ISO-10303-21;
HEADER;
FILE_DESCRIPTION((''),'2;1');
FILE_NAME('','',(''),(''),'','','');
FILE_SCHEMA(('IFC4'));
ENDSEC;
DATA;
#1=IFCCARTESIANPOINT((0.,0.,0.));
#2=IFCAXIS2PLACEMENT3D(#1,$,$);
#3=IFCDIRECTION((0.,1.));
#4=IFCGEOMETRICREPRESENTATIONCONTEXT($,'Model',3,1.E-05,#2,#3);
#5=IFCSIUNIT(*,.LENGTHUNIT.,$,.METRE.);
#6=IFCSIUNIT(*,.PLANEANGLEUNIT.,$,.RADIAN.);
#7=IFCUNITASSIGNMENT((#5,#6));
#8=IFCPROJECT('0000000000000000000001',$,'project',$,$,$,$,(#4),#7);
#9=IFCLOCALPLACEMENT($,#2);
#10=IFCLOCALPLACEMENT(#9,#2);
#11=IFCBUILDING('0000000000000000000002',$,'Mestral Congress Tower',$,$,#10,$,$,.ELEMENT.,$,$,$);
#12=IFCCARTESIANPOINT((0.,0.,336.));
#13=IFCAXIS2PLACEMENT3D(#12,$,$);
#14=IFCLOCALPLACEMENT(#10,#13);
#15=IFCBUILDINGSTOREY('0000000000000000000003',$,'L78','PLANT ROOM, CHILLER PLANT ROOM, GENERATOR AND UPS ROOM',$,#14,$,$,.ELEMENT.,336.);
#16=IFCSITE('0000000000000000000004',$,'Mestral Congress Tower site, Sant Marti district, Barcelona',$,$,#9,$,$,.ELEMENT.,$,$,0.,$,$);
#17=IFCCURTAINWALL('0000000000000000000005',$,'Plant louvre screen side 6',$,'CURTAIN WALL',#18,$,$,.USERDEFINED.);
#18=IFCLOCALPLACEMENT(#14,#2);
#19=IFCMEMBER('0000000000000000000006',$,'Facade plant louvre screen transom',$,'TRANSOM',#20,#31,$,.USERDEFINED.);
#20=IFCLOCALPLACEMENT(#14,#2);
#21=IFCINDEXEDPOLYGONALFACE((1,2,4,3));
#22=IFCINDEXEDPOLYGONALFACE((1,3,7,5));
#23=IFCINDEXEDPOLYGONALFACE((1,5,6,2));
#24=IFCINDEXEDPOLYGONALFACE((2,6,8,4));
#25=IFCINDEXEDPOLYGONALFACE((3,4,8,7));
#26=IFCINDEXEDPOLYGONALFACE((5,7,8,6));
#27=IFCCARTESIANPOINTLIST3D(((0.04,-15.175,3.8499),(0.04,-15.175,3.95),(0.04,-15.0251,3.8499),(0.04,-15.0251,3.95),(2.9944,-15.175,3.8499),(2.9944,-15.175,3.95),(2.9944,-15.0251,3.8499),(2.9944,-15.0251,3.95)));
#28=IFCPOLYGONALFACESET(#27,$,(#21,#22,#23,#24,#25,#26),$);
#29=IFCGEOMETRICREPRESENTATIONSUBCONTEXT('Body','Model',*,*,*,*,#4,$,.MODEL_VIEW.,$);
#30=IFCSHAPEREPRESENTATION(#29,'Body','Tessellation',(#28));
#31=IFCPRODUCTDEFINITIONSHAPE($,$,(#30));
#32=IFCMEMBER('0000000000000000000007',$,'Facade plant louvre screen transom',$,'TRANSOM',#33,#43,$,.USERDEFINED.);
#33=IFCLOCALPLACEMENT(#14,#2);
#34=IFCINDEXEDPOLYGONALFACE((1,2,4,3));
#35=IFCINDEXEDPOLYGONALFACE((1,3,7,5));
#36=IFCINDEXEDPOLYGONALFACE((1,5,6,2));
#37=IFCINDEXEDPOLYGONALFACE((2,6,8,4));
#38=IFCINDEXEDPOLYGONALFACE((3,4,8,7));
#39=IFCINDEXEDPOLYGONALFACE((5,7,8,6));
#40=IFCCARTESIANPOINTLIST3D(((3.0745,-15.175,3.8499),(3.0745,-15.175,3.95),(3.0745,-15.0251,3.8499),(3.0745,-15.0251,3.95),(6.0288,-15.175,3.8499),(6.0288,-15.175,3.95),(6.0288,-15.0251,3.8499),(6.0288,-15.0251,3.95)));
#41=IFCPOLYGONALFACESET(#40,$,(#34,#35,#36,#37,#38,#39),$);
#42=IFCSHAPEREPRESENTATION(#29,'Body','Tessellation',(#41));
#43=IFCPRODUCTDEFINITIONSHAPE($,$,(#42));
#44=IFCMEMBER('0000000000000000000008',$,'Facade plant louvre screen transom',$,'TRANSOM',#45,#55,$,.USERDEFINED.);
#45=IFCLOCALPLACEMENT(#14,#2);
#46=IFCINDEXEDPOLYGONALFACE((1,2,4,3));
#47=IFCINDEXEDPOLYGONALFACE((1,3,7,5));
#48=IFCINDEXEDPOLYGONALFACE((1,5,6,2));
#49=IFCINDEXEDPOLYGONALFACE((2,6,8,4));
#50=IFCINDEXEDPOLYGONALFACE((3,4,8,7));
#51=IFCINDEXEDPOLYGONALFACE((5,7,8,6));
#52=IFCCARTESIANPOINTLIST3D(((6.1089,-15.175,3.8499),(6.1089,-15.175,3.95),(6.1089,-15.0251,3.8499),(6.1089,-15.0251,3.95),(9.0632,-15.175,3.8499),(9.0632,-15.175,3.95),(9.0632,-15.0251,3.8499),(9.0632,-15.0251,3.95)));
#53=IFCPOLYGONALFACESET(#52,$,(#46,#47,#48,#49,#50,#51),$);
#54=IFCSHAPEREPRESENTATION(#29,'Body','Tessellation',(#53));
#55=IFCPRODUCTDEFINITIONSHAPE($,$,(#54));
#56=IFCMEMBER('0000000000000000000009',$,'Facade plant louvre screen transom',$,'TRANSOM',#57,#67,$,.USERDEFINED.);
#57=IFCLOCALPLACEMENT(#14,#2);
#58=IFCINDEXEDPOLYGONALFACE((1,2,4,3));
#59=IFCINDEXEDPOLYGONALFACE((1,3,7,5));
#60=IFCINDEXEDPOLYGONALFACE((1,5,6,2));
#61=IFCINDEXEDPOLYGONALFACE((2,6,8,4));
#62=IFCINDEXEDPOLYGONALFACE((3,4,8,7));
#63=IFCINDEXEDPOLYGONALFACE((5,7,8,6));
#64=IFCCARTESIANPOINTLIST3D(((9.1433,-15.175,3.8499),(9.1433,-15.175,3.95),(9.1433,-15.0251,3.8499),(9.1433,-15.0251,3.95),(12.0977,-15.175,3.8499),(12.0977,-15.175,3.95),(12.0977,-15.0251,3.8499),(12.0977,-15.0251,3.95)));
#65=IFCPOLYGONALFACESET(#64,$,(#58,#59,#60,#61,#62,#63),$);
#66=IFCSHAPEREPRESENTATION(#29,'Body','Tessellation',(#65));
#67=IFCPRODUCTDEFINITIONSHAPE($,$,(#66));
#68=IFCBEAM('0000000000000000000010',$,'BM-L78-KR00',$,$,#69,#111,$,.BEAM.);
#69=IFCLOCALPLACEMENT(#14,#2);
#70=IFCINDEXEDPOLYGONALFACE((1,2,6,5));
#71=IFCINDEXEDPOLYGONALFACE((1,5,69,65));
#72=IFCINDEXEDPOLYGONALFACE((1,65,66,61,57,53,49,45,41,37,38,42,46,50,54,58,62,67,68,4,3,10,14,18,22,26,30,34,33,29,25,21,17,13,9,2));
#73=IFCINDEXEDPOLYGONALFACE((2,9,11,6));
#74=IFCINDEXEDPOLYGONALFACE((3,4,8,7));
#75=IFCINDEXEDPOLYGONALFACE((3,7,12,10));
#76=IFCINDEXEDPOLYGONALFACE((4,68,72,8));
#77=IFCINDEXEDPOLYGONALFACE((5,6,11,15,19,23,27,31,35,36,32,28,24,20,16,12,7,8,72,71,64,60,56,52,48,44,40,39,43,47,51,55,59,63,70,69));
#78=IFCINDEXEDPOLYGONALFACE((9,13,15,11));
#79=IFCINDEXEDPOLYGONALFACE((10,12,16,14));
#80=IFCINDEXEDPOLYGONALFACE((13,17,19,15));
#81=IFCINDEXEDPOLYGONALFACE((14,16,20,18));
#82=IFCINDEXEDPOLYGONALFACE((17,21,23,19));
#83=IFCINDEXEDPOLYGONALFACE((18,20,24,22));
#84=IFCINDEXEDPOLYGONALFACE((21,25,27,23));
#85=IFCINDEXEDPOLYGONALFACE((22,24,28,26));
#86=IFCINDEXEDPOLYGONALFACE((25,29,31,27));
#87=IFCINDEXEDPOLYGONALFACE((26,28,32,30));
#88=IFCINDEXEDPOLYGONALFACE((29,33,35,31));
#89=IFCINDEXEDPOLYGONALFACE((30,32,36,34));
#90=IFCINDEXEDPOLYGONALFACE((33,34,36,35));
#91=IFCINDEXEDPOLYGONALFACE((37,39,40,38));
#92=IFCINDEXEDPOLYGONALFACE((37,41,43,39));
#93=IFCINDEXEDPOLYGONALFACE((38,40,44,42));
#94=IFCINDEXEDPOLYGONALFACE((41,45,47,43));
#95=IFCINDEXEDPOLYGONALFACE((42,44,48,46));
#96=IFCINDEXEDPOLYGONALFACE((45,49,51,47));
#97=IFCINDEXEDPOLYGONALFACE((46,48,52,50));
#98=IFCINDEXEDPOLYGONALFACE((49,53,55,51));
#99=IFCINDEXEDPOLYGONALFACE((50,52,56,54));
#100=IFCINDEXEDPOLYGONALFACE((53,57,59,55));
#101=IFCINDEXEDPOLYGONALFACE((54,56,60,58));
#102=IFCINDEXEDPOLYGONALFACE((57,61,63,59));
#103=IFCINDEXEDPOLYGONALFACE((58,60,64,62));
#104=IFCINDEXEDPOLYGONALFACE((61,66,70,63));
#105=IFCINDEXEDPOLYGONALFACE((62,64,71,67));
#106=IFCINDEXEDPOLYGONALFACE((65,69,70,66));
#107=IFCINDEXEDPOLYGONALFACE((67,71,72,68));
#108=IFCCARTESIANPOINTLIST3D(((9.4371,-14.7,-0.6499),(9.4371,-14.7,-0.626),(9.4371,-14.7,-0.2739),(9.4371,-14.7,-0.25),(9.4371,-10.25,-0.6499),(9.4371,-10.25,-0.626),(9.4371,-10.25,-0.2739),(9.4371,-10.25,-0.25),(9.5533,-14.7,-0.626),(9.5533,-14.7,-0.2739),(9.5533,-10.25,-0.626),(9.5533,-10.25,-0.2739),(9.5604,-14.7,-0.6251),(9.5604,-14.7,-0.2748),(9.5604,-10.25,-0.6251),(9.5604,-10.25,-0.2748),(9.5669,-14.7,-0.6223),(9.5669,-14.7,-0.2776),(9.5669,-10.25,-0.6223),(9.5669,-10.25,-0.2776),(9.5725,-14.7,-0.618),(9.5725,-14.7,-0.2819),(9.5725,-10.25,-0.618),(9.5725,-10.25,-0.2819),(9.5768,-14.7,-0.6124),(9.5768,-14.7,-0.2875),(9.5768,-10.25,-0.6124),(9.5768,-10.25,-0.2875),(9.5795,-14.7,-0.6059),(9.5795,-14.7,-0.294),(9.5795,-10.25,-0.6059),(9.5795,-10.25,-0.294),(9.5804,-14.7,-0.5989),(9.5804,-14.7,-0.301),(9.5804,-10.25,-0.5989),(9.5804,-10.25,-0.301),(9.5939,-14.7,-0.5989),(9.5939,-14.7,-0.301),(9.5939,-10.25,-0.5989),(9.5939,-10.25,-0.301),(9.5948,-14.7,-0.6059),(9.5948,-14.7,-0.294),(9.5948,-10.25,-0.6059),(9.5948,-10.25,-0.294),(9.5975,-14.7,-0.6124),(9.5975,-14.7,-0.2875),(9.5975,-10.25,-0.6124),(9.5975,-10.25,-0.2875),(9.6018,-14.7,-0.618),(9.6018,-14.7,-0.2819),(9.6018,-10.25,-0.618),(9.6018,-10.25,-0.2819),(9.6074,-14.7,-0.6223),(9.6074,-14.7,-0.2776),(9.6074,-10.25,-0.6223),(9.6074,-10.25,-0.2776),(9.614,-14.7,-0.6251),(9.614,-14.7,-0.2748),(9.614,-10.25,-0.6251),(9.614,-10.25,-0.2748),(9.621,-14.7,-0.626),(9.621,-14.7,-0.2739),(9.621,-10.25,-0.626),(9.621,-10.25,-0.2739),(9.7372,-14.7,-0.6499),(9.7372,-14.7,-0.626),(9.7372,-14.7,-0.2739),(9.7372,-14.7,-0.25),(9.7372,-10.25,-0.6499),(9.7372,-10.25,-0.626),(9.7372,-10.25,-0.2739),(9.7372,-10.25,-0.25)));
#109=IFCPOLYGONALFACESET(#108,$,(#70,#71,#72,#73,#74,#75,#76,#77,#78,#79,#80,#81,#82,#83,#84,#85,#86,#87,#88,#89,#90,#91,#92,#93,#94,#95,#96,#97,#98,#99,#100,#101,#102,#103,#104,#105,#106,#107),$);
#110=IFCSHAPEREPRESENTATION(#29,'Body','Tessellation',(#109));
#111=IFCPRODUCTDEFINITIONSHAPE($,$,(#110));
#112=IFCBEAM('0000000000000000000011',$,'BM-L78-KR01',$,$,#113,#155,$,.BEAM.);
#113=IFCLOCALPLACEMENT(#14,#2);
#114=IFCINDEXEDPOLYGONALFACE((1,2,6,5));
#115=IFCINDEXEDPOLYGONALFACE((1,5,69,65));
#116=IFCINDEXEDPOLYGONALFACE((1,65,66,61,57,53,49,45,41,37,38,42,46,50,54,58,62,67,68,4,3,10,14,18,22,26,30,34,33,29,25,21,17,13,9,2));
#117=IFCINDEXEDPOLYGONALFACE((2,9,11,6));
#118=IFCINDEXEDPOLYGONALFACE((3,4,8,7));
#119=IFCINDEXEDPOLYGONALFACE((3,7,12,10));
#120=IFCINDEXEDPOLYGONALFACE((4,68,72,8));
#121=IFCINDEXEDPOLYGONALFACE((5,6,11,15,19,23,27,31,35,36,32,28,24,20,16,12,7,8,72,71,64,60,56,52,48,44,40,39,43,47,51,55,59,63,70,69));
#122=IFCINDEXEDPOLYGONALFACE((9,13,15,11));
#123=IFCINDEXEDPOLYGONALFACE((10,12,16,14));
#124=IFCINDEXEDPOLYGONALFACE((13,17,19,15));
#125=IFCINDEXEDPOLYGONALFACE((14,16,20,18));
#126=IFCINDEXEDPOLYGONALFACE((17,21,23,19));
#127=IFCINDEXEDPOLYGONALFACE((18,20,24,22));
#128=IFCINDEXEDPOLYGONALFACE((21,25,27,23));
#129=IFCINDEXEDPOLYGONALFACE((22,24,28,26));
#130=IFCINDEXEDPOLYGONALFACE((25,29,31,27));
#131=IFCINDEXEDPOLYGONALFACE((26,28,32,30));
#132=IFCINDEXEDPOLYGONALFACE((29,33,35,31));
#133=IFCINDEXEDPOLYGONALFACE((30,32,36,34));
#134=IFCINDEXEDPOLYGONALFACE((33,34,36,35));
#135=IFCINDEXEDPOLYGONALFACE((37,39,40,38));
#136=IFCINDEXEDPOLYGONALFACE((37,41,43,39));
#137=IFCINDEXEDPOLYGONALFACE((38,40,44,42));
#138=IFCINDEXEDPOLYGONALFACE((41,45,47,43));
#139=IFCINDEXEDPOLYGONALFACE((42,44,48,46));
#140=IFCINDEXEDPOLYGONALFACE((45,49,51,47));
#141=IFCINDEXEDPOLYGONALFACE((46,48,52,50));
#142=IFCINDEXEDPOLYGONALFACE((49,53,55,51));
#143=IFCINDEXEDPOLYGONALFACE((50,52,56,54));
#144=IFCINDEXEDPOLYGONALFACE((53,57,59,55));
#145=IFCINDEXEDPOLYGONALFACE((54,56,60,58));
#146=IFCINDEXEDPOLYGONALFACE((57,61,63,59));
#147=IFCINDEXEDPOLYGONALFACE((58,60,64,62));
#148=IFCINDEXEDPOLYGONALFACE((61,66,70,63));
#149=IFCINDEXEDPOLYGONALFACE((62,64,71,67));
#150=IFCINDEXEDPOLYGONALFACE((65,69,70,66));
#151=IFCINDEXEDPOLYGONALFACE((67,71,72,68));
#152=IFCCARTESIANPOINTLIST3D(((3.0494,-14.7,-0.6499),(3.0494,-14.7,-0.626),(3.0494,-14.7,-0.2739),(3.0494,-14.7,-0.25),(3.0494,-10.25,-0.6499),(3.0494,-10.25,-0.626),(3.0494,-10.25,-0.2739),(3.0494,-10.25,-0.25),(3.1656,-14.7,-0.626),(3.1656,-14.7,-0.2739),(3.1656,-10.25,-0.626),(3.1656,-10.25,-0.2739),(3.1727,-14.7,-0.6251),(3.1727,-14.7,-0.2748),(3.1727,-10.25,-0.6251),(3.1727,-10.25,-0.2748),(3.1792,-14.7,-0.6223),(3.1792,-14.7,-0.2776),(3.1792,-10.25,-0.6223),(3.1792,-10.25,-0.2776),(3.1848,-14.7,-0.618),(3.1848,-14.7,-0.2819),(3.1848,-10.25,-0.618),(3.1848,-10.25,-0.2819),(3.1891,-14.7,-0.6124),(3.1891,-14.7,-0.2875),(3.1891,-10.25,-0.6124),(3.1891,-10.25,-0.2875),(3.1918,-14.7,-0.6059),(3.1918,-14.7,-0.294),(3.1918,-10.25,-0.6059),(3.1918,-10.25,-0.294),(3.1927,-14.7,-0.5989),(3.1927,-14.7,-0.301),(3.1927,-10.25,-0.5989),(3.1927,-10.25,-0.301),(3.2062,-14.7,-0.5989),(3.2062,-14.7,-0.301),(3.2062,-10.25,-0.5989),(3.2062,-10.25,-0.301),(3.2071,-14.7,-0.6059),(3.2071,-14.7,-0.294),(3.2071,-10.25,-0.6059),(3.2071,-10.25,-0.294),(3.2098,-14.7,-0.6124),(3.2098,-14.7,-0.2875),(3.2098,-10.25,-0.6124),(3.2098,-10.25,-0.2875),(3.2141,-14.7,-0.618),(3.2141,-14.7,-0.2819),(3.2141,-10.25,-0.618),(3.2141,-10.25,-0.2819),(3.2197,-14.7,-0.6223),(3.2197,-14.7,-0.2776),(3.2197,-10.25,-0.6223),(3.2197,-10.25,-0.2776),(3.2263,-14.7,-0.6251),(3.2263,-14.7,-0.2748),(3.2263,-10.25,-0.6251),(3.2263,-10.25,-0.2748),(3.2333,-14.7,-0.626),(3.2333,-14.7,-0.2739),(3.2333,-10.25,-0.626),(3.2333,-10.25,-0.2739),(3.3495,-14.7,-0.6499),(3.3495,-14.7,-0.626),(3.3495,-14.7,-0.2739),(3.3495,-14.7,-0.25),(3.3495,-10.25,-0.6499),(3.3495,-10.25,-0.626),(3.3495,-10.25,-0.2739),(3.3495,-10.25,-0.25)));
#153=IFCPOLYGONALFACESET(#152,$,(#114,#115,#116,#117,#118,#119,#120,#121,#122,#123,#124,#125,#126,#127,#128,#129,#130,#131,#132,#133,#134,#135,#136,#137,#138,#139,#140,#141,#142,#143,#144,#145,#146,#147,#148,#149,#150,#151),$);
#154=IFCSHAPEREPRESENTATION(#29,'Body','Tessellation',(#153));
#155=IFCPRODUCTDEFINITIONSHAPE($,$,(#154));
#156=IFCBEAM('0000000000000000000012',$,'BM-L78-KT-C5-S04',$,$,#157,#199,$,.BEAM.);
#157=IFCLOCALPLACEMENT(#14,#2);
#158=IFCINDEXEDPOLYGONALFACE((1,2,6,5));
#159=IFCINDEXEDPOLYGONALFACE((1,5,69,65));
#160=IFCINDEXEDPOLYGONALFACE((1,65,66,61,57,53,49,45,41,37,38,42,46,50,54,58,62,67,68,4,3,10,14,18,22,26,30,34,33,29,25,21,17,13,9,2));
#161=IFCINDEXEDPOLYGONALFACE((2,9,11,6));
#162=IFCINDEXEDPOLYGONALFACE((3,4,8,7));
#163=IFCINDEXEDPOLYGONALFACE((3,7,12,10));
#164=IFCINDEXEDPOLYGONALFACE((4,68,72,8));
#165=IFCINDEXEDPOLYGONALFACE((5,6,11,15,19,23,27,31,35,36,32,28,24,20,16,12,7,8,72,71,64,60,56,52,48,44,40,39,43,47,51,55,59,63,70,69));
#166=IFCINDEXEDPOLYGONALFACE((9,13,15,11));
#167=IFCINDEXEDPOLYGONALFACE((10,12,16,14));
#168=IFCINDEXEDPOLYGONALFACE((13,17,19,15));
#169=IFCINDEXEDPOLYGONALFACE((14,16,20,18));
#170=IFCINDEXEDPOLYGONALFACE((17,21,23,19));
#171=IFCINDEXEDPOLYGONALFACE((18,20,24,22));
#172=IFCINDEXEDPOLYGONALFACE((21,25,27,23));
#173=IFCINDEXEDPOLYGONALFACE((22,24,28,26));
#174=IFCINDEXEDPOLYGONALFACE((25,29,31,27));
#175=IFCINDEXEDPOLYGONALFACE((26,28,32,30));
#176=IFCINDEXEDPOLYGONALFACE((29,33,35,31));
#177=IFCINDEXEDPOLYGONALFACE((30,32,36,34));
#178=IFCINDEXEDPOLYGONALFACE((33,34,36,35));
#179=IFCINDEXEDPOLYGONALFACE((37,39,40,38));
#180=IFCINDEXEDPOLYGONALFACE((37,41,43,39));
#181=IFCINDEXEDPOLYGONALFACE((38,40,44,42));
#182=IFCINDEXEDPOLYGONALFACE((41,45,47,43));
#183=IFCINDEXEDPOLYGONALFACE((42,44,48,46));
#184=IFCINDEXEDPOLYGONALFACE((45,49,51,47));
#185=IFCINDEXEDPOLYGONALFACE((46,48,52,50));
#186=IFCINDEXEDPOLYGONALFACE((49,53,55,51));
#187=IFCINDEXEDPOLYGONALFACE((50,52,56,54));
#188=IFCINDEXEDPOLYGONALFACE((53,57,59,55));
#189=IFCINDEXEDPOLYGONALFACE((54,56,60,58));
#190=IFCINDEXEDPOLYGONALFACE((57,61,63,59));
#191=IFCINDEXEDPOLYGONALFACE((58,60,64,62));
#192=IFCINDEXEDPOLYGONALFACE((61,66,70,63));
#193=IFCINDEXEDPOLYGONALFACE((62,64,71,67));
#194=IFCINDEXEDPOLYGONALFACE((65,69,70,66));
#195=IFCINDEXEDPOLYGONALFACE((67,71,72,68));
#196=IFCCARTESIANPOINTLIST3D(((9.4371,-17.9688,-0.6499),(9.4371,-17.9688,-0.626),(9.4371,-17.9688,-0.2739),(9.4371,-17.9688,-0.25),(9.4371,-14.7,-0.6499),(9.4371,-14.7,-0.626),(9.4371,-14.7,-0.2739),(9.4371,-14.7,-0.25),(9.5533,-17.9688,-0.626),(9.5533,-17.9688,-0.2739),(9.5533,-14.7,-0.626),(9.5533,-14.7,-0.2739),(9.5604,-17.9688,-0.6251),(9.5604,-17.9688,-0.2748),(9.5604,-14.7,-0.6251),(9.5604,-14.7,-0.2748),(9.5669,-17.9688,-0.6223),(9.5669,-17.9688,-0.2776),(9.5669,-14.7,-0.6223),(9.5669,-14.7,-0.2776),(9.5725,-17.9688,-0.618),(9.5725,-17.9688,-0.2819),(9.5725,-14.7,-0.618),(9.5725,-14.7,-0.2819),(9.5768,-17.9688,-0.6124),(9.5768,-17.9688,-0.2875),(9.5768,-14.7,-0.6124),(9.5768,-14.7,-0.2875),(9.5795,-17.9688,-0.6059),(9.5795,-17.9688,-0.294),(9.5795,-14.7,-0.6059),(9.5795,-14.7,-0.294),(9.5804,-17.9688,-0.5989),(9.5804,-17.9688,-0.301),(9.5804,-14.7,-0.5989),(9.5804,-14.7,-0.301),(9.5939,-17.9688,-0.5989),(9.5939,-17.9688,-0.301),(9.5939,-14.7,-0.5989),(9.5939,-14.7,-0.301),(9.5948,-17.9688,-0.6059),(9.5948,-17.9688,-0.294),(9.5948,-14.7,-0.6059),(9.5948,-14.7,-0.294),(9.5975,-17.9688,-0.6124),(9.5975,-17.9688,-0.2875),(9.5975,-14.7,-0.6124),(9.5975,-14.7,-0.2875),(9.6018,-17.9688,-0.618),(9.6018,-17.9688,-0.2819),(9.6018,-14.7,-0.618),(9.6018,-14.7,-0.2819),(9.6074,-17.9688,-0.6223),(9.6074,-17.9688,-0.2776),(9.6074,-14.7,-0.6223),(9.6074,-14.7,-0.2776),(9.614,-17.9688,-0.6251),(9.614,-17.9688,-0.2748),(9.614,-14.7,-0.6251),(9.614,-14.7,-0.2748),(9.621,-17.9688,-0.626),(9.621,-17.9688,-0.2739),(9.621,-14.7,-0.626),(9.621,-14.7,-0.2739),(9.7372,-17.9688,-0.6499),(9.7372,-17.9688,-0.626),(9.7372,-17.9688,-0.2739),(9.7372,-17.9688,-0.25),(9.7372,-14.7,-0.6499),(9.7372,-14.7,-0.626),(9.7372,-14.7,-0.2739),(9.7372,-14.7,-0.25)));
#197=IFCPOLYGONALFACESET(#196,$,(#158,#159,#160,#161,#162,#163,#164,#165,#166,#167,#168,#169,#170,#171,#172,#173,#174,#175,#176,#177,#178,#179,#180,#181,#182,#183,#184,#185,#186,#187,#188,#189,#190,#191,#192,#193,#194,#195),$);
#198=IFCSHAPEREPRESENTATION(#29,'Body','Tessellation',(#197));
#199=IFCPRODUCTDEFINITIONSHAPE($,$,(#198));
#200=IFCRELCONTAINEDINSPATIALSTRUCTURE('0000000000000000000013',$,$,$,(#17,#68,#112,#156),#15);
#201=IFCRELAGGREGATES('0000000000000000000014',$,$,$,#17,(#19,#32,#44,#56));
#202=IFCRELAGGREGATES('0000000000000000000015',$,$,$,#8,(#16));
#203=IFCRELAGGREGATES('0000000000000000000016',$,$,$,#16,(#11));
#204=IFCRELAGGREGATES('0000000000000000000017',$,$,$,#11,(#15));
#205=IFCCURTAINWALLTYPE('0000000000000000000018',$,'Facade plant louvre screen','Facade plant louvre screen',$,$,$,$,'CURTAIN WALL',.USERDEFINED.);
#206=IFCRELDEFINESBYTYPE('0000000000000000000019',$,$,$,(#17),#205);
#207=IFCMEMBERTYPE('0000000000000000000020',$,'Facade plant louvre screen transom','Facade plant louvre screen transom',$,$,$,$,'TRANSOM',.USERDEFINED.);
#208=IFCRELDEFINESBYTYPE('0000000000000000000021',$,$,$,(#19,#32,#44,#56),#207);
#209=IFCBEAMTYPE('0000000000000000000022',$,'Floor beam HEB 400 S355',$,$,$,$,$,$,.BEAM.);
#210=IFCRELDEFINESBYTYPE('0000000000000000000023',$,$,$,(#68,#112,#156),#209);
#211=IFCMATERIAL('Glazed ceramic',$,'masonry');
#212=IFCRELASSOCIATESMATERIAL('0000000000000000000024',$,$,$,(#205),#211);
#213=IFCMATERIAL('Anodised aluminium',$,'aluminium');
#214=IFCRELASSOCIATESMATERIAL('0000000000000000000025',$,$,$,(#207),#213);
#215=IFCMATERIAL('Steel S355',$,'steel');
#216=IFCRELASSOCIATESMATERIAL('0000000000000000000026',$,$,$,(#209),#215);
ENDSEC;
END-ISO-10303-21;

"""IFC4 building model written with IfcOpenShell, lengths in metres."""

from ifc_helpers import new_model, si_unit, direction, frame, origin, origin_2d, place, context, subcontext, project, spatial, rectangle, i_section, extrude, material, material_profile, profile_set, type_object, element, aggregate, save


model = new_model("IFC4")

# Units and contexts
model_context = context("Model", 3, precision=1e-05, world=origin(), true_north=direction((0.0, 1.0)))
body_context = subcontext(model_context, "Body", "Model", "MODEL_VIEW")
ifc_project = project(units=[si_unit("LENGTHUNIT", "METRE"), si_unit("PLANEANGLEUNIT", "RADIAN")], contexts=[model_context])

# Site, building, storey
site_placement = place(None, origin())
site = spatial("IfcSite", under=ifc_project, at=site_placement, Name="Mestral Congress Tower site, Sant Marti district, Barcelona", CompositionType="ELEMENT", RefElevation=0.0)
building_placement = place(site_placement, origin())
building = spatial("IfcBuilding", under=site, at=building_placement, Name="Mestral Congress Tower", CompositionType="ELEMENT")
storey_placement = place(building_placement, frame((0.0, 0.0, 336.0)))
storey = spatial("IfcBuildingStorey", under=building, at=storey_placement, Name="L78", Description="PLANT ROOM, CHILLER PLANT ROOM, GENERATOR AND UPS ROOM", CompositionType="ELEMENT", Elevation=336.0)

# Shared definitions
ifc_material_1 = material(Name="Steel S355", Category="steel")

# Curtain wall, members
ifc_material_2 = material(Name="Glazed ceramic", Category="masonry")
curtain_wall_type = type_object("IfcCurtainWallType", Name="Facade plant louvre screen", Description="Facade plant louvre screen", ElementType="CURTAIN WALL", PredefinedType="USERDEFINED", material=ifc_material_2)
curtain_wall_placement = place(storey_placement, origin())
curtain_wall = element("IfcCurtainWall", 1, at=curtain_wall_placement, inside=storey, type_object=curtain_wall_type, Name="Plant louvre screen side 6", ObjectType="CURTAIN WALL", PredefinedType="USERDEFINED")
ifc_material_3 = material(Name="Anodised aluminium", Category="aluminium")
ifc_material_profile_1 = material_profile(ifc_material_3, rectangle(XDim=0.1499, YDim=0.1001, at=origin_2d()), Name="CW6 transom 150 x 100")
ifc_profile_set_1 = profile_set([ifc_material_profile_1], Name="Anodised aluminium")
member_type_1 = type_object("IfcMemberType", Name="Facade plant louvre screen transom", Description="Facade plant louvre screen transom", ElementType="TRANSOM", PredefinedType="USERDEFINED", material=ifc_profile_set_1)
member_1_placement = place(storey_placement, frame((0.04, -15.1001, 3.8999), z_axis=(1.0, 0.0, 0.0), x_axis=(0.0, 1.0, 0.0)))
member_1 = element("IfcMember", 2, at=member_1_placement, type_object=member_type_1, Name="Facade plant louvre screen transom", ObjectType="TRANSOM", PredefinedType="USERDEFINED", context=body_context, shape_type="SweptSolid", body=[
    extrude(rectangle(XDim=0.1499, YDim=0.1001, at=origin_2d()), origin(), (0.0, 0.0, 1.0), 2.9543),
])
member_2_placement = place(storey_placement, frame((3.0745, -15.1001, 3.8999), z_axis=(1.0, 0.0, 0.0), x_axis=(0.0, 1.0, 0.0)))
member_2 = element("IfcMember", 3, at=member_2_placement, type_object=member_type_1, Name="Facade plant louvre screen transom", ObjectType="TRANSOM", PredefinedType="USERDEFINED", context=body_context, shape_type="SweptSolid", body=[
    extrude(rectangle(XDim=0.1499, YDim=0.1001, at=origin_2d()), origin(), (0.0, 0.0, 1.0), 2.9543),
])
member_3_placement = place(storey_placement, frame((6.1089, -15.1001, 3.8999), z_axis=(1.0, 0.0, 0.0), x_axis=(0.0, 1.0, 0.0)))
member_3 = element("IfcMember", 4, at=member_3_placement, type_object=member_type_1, Name="Facade plant louvre screen transom", ObjectType="TRANSOM", PredefinedType="USERDEFINED", context=body_context, shape_type="SweptSolid", body=[
    extrude(rectangle(XDim=0.1499, YDim=0.1001, at=origin_2d()), origin(), (0.0, 0.0, 1.0), 2.9543),
])
member_4_placement = place(storey_placement, frame((9.1433, -15.1001, 3.8999), z_axis=(1.0, 0.0, 0.0), x_axis=(0.0, 1.0, 0.0)))
member_4 = element("IfcMember", 5, at=member_4_placement, type_object=member_type_1, Name="Facade plant louvre screen transom", ObjectType="TRANSOM", PredefinedType="USERDEFINED", context=body_context, shape_type="SweptSolid", body=[
    extrude(rectangle(XDim=0.1499, YDim=0.1001, at=origin_2d()), origin(), (0.0, 0.0, 1.0), 2.9543),
])

# Beams
ifc_material_profile_2 = material_profile(ifc_material_1, i_section(OverallWidth=0.3, OverallDepth=0.3999, WebThickness=0.0134, FlangeThickness=0.0239, FilletRadius=0.0271, at=origin_2d()), Name="HEB 400")
ifc_profile_set_2 = profile_set([ifc_material_profile_2], Name="Steel S355")
beam_type_1 = type_object("IfcBeamType", Name="Floor beam HEB 400 S355", PredefinedType="BEAM", material=ifc_profile_set_2)
for number, where, z_axis, x_axis, name in (
    (6, (9.5872, -10.25, -0.45), (0.0, -1.0, 0.0), (1.0, 0.0, 0.0), "BM-L78-KR00"),
    (7, (3.1995, -10.25, -0.45), (0.0, -1.0, 0.0), (1.0, 0.0, 0.0), "BM-L78-KR01"),
):
    element("IfcBeam", number, at=place(storey_placement, frame(where, z_axis=z_axis, x_axis=x_axis)), inside=storey, type_object=beam_type_1, Name=name, PredefinedType="BEAM", context=body_context, shape_type="SweptSolid", body=[
        extrude(i_section(OverallWidth=0.3, OverallDepth=0.3999, WebThickness=0.0134, FlangeThickness=0.0239, FilletRadius=0.0271, at=origin_2d()), origin(), (0.0, 0.0, 1.0), 4.45),
    ])
beam_1_placement = place(storey_placement, frame((9.5872, -17.9688, -0.45), z_axis=(0.0, 1.0, 0.0), x_axis=(-1.0, 0.0, 0.0)))
element("IfcBeam", 8, at=beam_1_placement, inside=storey, type_object=beam_type_1, Name="BM-L78-KT-C5-S04", PredefinedType="BEAM", context=body_context, shape_type="SweptSolid", body=[
    extrude(i_section(OverallWidth=0.3, OverallDepth=0.3999, WebThickness=0.0134, FlangeThickness=0.0239, FilletRadius=0.0271, at=origin_2d()), origin(), (0.0, 0.0, 1.0), 3.2688),
])

aggregate(curtain_wall, [member_1, member_2, member_3, member_4])

save(model, "model.ifc")
